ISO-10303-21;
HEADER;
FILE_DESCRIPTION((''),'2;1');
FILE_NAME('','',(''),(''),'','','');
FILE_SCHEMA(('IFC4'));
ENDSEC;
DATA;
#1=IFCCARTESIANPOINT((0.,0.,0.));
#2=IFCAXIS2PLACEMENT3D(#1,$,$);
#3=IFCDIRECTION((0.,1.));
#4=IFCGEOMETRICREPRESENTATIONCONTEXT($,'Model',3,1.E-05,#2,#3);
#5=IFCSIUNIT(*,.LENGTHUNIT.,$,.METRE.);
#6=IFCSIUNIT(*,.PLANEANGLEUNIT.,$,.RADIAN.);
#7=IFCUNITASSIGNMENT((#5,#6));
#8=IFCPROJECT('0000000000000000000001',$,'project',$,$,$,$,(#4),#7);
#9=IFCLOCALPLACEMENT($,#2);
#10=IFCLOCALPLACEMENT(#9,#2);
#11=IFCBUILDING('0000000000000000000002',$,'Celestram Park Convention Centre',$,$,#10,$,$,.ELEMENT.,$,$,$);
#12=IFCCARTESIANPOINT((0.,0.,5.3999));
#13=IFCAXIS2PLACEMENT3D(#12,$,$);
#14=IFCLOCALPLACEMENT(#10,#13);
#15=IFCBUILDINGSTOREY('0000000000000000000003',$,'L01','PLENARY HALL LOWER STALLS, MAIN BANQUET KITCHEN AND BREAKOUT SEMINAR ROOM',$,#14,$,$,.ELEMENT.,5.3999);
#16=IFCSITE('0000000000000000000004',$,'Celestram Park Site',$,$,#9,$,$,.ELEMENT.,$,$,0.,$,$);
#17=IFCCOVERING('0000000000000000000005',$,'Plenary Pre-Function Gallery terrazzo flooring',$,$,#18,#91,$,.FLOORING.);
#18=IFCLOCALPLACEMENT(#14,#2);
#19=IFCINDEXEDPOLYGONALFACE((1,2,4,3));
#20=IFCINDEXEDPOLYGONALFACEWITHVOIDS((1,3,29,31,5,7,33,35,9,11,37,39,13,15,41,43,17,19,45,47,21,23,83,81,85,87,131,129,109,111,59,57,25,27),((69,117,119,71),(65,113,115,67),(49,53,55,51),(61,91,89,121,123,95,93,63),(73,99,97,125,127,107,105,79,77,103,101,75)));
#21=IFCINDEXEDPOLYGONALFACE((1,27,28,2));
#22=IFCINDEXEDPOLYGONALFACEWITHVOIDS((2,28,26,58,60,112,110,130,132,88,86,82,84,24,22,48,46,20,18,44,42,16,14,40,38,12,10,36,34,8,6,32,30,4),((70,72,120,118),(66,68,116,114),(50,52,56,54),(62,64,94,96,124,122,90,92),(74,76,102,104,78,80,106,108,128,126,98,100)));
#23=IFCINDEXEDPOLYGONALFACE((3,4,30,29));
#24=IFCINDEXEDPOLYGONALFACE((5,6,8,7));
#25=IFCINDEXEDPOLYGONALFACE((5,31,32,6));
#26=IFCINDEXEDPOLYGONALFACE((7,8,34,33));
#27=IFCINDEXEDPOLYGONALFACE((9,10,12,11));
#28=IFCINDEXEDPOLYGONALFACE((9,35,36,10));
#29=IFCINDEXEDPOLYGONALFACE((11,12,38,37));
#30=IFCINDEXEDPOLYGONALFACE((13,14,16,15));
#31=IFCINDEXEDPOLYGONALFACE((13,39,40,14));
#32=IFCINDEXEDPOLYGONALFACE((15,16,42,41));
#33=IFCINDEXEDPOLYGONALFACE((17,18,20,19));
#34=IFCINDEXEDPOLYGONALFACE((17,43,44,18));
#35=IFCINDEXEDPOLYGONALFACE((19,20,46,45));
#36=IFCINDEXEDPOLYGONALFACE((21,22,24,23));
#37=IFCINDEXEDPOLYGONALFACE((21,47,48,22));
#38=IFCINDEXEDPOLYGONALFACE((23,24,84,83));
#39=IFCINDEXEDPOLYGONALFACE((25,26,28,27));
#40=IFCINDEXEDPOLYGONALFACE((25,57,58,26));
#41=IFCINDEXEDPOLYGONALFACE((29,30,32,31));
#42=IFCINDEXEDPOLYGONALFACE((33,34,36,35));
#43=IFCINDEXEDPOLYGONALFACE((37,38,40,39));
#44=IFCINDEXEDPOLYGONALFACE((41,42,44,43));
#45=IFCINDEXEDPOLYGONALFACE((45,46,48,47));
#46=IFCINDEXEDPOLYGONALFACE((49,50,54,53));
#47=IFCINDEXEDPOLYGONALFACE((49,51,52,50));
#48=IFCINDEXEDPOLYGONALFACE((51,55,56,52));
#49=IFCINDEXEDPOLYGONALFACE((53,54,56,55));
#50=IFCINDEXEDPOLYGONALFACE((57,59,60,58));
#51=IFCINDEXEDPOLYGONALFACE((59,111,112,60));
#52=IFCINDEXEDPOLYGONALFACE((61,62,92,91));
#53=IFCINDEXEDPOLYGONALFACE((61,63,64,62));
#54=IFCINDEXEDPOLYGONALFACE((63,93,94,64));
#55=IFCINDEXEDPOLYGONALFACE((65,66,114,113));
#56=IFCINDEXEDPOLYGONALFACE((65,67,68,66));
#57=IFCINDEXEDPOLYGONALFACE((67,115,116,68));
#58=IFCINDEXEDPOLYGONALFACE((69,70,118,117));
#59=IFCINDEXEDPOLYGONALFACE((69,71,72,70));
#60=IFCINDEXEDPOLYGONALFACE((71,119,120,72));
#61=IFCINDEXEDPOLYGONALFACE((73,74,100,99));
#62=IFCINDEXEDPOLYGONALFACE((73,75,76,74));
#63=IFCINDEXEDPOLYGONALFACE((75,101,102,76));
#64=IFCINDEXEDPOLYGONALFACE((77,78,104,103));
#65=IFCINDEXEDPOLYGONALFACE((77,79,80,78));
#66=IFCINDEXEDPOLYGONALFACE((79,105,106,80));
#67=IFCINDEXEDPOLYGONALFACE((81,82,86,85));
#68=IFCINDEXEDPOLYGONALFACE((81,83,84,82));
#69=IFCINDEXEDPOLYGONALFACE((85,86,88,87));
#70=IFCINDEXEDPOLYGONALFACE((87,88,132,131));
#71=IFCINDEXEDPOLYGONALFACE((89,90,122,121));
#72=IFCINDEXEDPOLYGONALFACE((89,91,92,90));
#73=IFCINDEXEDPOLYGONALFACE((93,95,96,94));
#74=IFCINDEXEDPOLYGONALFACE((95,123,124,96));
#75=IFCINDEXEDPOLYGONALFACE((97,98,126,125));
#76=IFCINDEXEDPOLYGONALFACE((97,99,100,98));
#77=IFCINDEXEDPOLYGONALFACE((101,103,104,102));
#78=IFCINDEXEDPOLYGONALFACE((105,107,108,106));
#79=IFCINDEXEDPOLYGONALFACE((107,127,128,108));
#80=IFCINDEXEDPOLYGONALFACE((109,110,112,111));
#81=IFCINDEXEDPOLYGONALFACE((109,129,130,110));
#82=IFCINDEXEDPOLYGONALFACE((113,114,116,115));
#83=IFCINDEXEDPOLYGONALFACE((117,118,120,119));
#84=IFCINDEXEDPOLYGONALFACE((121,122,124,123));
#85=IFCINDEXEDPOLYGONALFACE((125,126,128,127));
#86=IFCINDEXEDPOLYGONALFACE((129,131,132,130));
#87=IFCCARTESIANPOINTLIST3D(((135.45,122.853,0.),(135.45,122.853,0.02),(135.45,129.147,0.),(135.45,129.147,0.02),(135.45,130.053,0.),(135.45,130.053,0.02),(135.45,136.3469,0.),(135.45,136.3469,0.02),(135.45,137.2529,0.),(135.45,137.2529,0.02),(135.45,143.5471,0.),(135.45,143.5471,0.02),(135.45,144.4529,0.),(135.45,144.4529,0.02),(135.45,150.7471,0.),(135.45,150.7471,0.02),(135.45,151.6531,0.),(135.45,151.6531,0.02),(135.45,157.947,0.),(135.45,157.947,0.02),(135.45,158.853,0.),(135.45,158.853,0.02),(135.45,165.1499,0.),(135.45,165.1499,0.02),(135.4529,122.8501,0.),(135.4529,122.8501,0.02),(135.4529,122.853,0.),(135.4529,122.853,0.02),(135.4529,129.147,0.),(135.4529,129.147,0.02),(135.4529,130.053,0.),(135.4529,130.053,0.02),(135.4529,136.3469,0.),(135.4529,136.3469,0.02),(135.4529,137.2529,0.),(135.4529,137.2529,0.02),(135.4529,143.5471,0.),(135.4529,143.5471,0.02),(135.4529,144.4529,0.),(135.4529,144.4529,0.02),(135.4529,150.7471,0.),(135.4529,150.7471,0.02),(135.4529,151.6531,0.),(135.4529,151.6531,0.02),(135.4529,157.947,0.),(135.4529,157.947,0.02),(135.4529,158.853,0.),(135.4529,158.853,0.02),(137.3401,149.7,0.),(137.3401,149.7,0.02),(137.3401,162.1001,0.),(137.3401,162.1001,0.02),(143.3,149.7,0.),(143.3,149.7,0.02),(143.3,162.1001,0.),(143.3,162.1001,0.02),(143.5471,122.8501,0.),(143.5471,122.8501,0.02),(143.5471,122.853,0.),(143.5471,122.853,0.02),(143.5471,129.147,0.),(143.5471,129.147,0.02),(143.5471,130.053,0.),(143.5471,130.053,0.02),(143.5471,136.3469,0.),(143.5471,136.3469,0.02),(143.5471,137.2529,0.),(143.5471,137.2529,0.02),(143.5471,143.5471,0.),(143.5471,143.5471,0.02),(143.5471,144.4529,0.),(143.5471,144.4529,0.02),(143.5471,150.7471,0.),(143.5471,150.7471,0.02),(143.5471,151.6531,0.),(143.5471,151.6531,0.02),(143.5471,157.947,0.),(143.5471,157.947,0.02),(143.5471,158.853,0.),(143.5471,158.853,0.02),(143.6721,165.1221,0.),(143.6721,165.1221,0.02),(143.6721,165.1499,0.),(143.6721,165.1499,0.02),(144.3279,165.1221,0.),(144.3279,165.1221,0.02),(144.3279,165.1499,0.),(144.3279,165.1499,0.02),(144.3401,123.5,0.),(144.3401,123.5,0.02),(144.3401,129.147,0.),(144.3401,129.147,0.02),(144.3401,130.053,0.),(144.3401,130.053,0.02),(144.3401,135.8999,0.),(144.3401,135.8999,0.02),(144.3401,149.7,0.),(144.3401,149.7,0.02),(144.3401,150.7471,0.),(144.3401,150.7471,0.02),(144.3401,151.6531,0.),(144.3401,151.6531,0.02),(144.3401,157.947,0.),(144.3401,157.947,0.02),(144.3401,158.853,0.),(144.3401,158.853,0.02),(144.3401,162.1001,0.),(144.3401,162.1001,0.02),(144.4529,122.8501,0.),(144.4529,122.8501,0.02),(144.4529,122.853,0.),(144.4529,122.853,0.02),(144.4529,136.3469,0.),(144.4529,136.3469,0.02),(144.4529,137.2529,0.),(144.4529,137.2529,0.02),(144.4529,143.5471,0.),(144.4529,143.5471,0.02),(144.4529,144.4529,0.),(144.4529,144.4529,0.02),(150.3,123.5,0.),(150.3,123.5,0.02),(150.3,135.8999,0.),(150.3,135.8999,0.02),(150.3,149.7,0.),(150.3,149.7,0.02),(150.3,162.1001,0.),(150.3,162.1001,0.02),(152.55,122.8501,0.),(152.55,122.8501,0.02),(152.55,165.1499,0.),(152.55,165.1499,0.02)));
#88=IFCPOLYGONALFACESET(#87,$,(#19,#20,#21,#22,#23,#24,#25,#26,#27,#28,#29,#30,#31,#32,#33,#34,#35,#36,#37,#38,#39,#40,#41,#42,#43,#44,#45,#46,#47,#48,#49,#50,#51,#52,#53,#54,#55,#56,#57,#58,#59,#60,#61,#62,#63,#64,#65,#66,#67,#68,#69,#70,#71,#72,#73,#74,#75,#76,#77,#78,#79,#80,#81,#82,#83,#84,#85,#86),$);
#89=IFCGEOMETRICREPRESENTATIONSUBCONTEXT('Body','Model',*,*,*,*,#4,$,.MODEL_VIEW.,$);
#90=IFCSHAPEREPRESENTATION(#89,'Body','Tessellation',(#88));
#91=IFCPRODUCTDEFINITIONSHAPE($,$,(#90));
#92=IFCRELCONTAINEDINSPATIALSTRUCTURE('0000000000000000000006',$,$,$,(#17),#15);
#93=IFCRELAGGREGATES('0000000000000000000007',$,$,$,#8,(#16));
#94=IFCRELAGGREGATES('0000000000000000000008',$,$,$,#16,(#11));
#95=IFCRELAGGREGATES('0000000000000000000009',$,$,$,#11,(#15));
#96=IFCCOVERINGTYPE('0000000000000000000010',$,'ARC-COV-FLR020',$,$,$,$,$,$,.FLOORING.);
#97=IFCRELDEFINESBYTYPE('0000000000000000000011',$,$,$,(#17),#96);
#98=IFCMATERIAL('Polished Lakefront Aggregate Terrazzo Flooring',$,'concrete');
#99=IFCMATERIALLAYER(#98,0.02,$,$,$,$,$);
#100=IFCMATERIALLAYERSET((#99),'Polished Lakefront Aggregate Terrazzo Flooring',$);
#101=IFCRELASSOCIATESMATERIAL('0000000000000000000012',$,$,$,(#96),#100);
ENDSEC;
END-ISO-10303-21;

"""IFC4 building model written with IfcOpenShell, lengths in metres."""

from ifc_helpers import new_model, si_unit, direction, frame, origin, place, context, subcontext, project, spatial, polyline, outline, extrude, material, layer, layer_set, type_object, element, save


model = new_model("IFC4")

# Units and contexts
model_context = context("Model", 3, precision=1e-05, world=origin(), true_north=direction((0.0, 1.0)))
body_context = subcontext(model_context, "Body", "Model", "MODEL_VIEW")
ifc_project = project(units=[si_unit("LENGTHUNIT", "METRE"), si_unit("PLANEANGLEUNIT", "RADIAN")], contexts=[model_context])

# Site, building, storey
site_placement = place(None, origin())
site = spatial("IfcSite", under=ifc_project, at=site_placement, Name="Celestram Park Site", CompositionType="ELEMENT", RefElevation=0.0)
building_placement = place(site_placement, origin())
building = spatial("IfcBuilding", under=site, at=building_placement, Name="Celestram Park Convention Centre", CompositionType="ELEMENT")
storey_placement = place(building_placement, frame((0.0, 0.0, 5.3999)))
storey = spatial("IfcBuildingStorey", under=building, at=storey_placement, Name="L01", Description="PLENARY HALL LOWER STALLS, MAIN BANQUET KITCHEN AND BREAKOUT SEMINAR ROOM", CompositionType="ELEMENT", Elevation=5.3999)

# Covering
ifc_material_1 = material(Name="Polished Lakefront Aggregate Terrazzo Flooring", Category="concrete")
ifc_layer_1 = layer(ifc_material_1, 0.02)
ifc_layer_set_1 = layer_set([ifc_layer_1], Name="Polished Lakefront Aggregate Terrazzo Flooring")
covering_type_1 = type_object("IfcCoveringType", Name="ARC-COV-FLR020", PredefinedType="FLOORING", material=ifc_layer_set_1)
covering_1_placement = place(storey_placement, origin())
element("IfcCovering", 1, at=covering_1_placement, inside=storey, type_object=covering_type_1, Name="Plenary Pre-Function Gallery terrazzo flooring", PredefinedType="FLOORING", context=body_context, shape_type="SweptSolid", body=[
    extrude(outline(polyline([(143.6721, 165.1499), (143.6721, 165.1221), (144.3279, 165.1221), (144.3279, 165.1499), (152.55, 165.1499), (152.55, 122.8501), (144.4529, 122.8501), (144.4529, 122.853), (143.5471, 122.853), (143.5471, 122.8501), (135.4529, 122.8501), (135.4529, 122.853), (135.45, 122.853), (135.45, 129.147), (135.4529, 129.147), (135.4529, 130.053), (135.45, 130.053), (135.45, 136.3469), (135.4529, 136.3469), (135.4529, 137.2529), (135.45, 137.2529), (135.45, 143.5471), (135.4529, 143.5471), (135.4529, 144.4529), (135.45, 144.4529), (135.45, 150.7471), (135.4529, 150.7471), (135.4529, 151.6531), (135.45, 151.6531), (135.45, 157.947), (135.4529, 157.947), (135.4529, 158.853), (135.45, 158.853), (135.45, 165.1499), (143.6721, 165.1499)]), holes=[polyline([(150.3, 135.8999), (144.3401, 135.8999), (144.3401, 130.053), (143.5471, 130.053), (143.5471, 129.147), (144.3401, 129.147), (144.3401, 123.5), (150.3, 123.5), (150.3, 135.8999)]), polyline([(143.3, 162.1001), (137.3401, 162.1001), (137.3401, 149.7), (143.3, 149.7), (143.3, 162.1001)]), polyline([(150.3, 149.7), (150.3, 162.1001), (144.3401, 162.1001), (144.3401, 158.853), (143.5471, 158.853), (143.5471, 157.947), (144.3401, 157.947), (144.3401, 151.6531), (143.5471, 151.6531), (143.5471, 150.7471), (144.3401, 150.7471), (144.3401, 149.7), (150.3, 149.7)]), polyline([(144.4529, 137.2529), (143.5471, 137.2529), (143.5471, 136.3469), (144.4529, 136.3469), (144.4529, 137.2529)]), polyline([(144.4529, 144.4529), (143.5471, 144.4529), (143.5471, 143.5471), (144.4529, 143.5471), (144.4529, 144.4529)])]), origin(), (0.0, 0.0, 1.0), 0.02),
])

save(model, "model.ifc")
